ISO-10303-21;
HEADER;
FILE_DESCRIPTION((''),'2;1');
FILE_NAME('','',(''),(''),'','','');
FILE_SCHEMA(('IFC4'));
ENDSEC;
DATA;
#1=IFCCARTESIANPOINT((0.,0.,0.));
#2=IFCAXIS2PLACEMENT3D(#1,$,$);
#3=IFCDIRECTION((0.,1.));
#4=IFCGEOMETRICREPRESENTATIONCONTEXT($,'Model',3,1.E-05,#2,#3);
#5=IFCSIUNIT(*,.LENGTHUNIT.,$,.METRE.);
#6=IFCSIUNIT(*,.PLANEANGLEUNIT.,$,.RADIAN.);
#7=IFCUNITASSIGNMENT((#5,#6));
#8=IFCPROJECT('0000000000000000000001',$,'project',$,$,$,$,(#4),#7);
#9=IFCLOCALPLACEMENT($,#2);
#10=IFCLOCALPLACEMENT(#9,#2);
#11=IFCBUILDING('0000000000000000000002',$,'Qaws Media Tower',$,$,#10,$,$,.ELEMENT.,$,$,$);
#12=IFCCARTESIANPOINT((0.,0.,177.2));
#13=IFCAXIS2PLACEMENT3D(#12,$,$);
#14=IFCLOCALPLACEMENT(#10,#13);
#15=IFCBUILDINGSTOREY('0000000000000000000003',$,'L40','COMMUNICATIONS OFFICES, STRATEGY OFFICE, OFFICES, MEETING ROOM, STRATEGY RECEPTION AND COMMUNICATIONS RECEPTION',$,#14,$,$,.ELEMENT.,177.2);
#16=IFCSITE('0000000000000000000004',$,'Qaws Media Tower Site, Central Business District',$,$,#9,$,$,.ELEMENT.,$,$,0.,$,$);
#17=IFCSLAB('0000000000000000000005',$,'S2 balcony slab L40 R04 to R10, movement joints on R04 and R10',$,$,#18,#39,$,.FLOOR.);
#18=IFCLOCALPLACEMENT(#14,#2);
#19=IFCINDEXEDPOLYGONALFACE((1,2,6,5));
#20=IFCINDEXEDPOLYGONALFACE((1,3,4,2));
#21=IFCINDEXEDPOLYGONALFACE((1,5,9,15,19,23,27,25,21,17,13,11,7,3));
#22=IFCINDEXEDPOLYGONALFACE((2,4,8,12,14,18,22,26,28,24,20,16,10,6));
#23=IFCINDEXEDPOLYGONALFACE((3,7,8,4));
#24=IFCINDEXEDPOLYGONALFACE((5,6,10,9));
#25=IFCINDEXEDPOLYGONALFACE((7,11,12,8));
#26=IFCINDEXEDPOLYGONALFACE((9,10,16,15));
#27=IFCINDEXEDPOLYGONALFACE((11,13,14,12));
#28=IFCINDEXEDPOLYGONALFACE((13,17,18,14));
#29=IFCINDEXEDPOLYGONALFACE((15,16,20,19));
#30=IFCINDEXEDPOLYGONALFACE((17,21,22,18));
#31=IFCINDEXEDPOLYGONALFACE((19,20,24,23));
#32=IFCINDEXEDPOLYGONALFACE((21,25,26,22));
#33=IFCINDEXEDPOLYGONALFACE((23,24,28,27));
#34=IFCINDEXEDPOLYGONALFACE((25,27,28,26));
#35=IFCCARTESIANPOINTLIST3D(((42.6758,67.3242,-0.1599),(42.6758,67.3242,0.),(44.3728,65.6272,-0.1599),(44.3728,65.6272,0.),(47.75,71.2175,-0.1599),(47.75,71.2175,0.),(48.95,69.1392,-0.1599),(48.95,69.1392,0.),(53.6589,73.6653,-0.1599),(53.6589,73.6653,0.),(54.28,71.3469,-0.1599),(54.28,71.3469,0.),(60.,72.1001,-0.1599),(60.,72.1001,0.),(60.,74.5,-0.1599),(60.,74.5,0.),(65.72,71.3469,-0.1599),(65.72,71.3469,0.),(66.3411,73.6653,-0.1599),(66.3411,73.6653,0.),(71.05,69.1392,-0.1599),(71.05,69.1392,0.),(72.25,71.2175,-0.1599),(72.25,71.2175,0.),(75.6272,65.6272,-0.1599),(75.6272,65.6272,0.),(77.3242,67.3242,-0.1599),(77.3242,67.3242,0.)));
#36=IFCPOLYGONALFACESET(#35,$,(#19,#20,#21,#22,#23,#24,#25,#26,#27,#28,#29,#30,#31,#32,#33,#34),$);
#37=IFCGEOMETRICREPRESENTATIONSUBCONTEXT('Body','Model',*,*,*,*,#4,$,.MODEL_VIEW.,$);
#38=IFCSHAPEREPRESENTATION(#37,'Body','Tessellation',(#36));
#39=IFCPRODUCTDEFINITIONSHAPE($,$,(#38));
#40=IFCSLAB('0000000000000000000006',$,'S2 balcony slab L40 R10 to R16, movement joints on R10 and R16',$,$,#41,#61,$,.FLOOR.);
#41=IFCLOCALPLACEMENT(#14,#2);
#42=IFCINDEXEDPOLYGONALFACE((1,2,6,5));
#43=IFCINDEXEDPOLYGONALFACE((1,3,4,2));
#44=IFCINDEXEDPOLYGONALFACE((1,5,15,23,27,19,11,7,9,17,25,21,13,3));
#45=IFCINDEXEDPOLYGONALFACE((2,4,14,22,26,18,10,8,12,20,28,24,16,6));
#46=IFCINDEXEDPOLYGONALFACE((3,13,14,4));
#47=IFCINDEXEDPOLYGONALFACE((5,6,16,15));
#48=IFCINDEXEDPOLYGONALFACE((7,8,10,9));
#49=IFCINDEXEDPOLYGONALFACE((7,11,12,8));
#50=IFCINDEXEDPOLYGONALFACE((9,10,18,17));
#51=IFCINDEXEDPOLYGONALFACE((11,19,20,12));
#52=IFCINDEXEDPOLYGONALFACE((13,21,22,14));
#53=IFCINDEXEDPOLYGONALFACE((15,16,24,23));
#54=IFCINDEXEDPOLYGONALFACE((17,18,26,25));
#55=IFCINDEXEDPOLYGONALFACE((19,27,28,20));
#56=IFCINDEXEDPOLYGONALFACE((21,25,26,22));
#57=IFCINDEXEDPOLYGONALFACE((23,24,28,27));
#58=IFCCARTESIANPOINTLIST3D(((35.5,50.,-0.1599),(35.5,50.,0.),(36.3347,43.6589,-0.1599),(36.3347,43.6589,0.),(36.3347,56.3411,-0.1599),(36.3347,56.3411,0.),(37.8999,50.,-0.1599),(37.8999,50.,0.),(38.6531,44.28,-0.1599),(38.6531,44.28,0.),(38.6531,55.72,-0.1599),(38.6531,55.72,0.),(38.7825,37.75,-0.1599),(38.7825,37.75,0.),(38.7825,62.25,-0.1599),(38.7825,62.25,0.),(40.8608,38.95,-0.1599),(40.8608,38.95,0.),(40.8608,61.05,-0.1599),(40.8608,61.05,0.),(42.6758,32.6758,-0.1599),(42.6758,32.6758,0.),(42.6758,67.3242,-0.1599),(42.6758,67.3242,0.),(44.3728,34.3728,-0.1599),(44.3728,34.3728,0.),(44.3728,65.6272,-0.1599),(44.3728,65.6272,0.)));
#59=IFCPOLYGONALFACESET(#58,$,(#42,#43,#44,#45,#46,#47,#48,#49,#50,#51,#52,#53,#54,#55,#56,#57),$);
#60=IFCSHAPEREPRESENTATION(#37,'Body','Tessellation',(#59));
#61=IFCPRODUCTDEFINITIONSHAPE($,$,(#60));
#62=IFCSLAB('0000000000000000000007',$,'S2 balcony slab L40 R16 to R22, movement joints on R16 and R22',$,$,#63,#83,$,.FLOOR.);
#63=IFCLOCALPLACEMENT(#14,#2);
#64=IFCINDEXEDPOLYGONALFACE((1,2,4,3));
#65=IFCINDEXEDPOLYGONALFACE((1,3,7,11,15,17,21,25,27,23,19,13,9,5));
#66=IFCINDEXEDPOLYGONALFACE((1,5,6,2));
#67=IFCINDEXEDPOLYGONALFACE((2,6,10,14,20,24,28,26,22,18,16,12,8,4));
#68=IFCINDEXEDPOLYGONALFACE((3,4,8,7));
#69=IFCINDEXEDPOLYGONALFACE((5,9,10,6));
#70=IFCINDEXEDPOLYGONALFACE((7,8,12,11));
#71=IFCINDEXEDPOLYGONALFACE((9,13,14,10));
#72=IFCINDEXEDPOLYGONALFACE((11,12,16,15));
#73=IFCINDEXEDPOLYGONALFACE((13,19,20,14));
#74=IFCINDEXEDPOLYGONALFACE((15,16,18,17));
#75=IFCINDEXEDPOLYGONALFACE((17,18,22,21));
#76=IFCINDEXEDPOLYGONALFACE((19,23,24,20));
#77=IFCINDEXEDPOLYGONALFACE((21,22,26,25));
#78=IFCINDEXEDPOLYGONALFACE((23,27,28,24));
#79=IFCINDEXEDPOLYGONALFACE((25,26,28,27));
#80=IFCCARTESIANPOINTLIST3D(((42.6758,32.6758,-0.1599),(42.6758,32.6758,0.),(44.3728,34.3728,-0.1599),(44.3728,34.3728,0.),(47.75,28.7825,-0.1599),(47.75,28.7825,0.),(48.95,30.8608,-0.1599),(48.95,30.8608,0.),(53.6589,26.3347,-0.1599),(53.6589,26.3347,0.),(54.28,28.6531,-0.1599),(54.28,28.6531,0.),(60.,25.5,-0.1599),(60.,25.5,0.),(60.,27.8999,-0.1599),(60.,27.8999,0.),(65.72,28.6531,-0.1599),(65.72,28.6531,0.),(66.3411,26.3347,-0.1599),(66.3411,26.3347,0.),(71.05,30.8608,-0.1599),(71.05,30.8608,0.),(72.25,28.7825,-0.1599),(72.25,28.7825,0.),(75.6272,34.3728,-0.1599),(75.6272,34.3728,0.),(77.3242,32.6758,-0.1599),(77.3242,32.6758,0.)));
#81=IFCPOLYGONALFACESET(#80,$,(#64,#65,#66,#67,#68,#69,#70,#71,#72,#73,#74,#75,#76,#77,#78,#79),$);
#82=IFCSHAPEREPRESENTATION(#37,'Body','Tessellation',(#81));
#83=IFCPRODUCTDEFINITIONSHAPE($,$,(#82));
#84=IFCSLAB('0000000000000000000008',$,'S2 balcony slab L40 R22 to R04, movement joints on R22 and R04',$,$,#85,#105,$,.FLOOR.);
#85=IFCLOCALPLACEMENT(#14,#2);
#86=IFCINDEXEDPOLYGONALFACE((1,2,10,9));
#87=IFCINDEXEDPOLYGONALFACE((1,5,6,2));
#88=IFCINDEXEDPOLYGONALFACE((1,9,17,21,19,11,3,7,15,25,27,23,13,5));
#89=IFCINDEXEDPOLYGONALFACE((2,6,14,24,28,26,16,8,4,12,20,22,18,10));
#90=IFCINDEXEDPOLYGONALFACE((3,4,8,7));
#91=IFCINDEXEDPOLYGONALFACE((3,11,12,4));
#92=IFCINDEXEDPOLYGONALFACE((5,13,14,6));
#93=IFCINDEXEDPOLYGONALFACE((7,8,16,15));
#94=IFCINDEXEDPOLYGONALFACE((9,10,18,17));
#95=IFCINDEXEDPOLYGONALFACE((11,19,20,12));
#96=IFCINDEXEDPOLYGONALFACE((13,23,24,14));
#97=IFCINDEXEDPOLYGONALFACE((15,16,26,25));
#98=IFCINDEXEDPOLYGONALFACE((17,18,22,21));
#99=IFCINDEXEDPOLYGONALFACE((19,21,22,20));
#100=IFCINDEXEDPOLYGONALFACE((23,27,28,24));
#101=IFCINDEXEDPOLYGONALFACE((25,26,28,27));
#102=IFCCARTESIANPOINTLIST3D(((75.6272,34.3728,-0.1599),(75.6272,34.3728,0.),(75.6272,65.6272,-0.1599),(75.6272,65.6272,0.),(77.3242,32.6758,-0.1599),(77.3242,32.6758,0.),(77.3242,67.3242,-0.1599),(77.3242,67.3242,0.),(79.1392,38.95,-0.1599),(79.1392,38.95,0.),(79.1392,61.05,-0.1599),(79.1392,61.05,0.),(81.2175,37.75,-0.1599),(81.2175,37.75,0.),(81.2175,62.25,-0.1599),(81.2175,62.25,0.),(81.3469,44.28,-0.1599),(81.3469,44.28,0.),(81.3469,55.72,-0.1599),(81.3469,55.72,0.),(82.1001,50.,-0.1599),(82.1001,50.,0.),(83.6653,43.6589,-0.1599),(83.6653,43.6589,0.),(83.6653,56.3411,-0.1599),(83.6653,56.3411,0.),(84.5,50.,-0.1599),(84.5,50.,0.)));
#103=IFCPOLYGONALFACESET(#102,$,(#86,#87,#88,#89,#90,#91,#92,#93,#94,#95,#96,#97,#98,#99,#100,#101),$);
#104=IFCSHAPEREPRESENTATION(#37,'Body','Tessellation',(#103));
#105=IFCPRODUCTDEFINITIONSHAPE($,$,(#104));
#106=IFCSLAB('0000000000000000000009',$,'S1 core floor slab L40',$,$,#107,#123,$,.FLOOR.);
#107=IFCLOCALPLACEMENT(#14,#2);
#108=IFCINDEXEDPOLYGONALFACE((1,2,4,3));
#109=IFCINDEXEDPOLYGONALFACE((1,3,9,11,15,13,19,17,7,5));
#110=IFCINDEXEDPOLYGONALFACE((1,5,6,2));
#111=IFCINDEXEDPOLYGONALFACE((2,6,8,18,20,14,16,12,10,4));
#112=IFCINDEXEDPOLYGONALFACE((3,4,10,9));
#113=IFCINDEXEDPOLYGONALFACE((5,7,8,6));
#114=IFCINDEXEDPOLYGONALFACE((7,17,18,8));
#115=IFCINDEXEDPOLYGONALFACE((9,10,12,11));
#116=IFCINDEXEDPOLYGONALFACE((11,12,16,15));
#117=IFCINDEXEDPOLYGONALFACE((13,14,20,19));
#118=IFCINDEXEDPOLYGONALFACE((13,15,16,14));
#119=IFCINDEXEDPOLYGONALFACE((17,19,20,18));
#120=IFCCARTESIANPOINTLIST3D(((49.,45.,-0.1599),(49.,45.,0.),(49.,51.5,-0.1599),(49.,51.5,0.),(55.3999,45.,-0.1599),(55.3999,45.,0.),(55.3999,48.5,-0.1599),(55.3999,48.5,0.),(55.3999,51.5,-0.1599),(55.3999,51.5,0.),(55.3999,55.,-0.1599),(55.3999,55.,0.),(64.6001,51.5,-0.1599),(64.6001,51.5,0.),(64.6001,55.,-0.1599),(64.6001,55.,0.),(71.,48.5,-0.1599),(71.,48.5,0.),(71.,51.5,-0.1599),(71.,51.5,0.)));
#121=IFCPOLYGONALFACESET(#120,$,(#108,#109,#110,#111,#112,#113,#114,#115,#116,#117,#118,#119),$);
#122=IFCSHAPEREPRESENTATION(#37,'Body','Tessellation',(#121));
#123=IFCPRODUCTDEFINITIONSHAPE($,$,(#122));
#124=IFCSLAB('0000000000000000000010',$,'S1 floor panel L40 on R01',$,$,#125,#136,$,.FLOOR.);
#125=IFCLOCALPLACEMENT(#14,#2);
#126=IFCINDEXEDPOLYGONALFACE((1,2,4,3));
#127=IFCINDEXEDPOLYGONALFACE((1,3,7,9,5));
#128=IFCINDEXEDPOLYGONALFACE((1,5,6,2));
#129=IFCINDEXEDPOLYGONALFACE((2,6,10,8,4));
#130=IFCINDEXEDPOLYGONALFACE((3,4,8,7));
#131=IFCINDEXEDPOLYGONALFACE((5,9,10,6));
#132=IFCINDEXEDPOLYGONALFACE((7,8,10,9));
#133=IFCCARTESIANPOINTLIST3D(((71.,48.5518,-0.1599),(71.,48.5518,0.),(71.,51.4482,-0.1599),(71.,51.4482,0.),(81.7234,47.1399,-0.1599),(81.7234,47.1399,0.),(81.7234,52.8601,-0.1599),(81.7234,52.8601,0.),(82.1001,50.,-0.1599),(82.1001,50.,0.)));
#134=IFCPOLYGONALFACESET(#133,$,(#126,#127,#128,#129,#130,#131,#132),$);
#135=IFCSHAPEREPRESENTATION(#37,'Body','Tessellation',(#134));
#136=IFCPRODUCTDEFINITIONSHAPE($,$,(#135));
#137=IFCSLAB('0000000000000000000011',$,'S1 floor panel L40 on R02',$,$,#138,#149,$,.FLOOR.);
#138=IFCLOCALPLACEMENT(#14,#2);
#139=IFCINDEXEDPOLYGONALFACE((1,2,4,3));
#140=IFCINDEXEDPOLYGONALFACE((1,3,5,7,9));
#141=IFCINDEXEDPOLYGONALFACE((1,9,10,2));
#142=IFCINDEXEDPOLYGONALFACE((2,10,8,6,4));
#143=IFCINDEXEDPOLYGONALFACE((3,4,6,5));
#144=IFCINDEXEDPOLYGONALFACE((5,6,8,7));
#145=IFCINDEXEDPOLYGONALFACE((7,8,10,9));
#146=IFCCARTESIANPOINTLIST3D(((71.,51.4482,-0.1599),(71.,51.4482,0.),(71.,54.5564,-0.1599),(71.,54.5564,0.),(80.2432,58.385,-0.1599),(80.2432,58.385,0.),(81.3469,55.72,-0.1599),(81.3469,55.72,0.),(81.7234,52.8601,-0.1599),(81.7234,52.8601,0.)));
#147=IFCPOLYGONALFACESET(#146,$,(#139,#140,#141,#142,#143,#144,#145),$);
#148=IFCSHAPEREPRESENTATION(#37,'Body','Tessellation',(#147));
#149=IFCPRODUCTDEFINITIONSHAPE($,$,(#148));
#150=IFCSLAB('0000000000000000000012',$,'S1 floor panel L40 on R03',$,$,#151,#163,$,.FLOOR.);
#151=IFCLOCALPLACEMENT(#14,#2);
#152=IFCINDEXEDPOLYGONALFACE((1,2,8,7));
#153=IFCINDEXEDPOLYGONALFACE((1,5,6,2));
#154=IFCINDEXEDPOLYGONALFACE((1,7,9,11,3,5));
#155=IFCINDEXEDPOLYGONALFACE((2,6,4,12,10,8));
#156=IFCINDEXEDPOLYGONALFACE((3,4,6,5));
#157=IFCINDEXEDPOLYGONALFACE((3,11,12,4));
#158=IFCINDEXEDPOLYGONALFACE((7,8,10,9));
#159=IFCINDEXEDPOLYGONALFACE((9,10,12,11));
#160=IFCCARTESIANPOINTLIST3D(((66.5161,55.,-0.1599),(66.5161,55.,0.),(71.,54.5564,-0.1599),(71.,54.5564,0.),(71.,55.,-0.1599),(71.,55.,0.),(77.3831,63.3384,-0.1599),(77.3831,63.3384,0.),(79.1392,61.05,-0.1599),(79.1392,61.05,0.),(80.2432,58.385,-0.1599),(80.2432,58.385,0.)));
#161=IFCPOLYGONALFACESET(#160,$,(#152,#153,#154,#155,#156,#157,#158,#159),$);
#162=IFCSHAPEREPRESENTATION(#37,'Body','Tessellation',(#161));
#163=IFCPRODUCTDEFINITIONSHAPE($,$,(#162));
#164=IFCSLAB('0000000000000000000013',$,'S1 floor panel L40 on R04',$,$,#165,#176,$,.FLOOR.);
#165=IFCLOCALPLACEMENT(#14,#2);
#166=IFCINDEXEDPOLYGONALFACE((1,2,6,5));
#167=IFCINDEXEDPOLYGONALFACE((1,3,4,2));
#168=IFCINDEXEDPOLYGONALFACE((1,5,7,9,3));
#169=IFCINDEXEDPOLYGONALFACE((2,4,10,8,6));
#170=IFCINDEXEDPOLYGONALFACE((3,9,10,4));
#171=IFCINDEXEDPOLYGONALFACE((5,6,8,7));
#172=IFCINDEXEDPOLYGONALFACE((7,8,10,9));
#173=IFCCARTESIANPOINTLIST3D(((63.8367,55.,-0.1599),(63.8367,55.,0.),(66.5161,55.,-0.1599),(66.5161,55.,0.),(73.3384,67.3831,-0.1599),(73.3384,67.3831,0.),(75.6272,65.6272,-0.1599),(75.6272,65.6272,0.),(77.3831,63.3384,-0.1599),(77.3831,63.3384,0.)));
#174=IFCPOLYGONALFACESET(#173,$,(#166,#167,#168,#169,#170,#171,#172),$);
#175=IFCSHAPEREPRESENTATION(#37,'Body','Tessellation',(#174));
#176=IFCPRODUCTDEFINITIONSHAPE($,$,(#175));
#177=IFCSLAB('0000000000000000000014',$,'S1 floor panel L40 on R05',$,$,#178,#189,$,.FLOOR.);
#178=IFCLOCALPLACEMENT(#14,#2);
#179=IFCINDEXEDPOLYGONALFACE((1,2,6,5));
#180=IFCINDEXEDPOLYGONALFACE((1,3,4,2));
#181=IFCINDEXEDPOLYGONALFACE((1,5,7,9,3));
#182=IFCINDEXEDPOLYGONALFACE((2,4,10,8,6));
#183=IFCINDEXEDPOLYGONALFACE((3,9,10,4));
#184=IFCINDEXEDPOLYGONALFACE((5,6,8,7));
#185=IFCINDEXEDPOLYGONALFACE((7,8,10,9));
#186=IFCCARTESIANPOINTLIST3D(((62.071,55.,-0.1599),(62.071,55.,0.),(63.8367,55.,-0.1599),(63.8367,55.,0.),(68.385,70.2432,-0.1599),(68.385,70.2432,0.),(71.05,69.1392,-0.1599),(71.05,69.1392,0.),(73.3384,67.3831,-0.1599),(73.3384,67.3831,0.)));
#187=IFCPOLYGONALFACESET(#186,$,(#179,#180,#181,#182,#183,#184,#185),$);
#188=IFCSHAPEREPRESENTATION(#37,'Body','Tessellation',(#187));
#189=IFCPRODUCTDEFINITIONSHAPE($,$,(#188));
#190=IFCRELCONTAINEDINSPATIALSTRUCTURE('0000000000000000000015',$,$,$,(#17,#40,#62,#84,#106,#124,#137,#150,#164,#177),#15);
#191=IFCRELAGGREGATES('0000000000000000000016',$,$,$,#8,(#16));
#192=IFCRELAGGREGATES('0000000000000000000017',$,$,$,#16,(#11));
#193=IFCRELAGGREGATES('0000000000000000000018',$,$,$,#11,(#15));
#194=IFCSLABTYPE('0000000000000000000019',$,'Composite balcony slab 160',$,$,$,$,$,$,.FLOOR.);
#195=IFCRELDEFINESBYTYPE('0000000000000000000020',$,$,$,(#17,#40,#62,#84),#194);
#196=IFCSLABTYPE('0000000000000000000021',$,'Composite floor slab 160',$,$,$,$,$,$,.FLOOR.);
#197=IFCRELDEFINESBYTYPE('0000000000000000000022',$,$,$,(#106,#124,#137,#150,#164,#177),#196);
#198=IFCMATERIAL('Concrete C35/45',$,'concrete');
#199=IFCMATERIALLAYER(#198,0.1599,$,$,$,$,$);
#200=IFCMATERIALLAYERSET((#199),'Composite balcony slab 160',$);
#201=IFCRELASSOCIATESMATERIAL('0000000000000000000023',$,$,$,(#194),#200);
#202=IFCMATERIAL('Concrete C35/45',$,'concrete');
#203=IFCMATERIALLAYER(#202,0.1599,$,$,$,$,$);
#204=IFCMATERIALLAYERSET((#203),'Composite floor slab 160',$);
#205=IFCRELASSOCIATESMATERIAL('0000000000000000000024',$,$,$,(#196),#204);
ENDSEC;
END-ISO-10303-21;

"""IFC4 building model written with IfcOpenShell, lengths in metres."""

from ifc_helpers import new_model, si_unit, direction, frame, origin, place, context, subcontext, project, spatial, polyline, outline, extrude, material, layer, layer_set, type_object, element, save


model = new_model("IFC4")

# Units and contexts
model_context = context("Model", 3, precision=1e-05, world=origin(), true_north=direction((0.0, 1.0)))
body_context = subcontext(model_context, "Body", "Model", "MODEL_VIEW")
ifc_project = project(units=[si_unit("LENGTHUNIT", "METRE"), si_unit("PLANEANGLEUNIT", "RADIAN")], contexts=[model_context])

# Site, building, storey
site_placement = place(None, origin())
site = spatial("IfcSite", under=ifc_project, at=site_placement, Name="Qaws Media Tower Site, Central Business District", CompositionType="ELEMENT", RefElevation=0.0)
building_placement = place(site_placement, origin())
building = spatial("IfcBuilding", under=site, at=building_placement, Name="Qaws Media Tower", CompositionType="ELEMENT")
storey_placement = place(building_placement, frame((0.0, 0.0, 177.2)))
storey = spatial("IfcBuildingStorey", under=building, at=storey_placement, Name="L40", Description="COMMUNICATIONS OFFICES, STRATEGY OFFICE, OFFICES, MEETING ROOM, STRATEGY RECEPTION AND COMMUNICATIONS RECEPTION", CompositionType="ELEMENT", Elevation=177.2)

# Slabs
ifc_material_1 = material(Name="Concrete C35/45", Category="concrete")
ifc_layer_1 = layer(ifc_material_1, 0.1599)
ifc_layer_set_1 = layer_set([ifc_layer_1], Name="Composite balcony slab 160")
slab_type_1 = type_object("IfcSlabType", Name="Composite balcony slab 160", PredefinedType="FLOOR", material=ifc_layer_set_1)
slab_1_placement = place(storey_placement, frame((0.0, 0.0, -0.1599)))
element("IfcSlab", 1, at=slab_1_placement, inside=storey, type_object=slab_type_1, Name="S2 balcony slab L40 R04 to R10, movement joints on R04 and R10", PredefinedType="FLOOR", context=body_context, shape_type="SweptSolid", body=[
    extrude(outline(polyline([(42.6758, 67.3242), (47.75, 71.2175), (53.6589, 73.6653), (60.0, 74.5), (66.3411, 73.6653), (72.25, 71.2175), (77.3242, 67.3242), (75.6272, 65.6272), (71.05, 69.1392), (65.72, 71.3469), (60.0, 72.1001), (54.28, 71.3469), (48.95, 69.1392), (44.3728, 65.6272), (42.6758, 67.3242)])), origin(), (0.0, 0.0, 1.0), 0.1599),
])
slab_2_placement = place(storey_placement, frame((0.0, 0.0, -0.1599)))
element("IfcSlab", 2, at=slab_2_placement, inside=storey, type_object=slab_type_1, Name="S2 balcony slab L40 R10 to R16, movement joints on R10 and R16", PredefinedType="FLOOR", context=body_context, shape_type="SweptSolid", body=[
    extrude(outline(polyline([(38.7825, 37.75), (36.3347, 43.6589), (35.5, 50.0), (36.3347, 56.3411), (38.7825, 62.25), (42.6758, 67.3242), (44.3728, 65.6272), (40.8608, 61.05), (38.6531, 55.72), (37.8999, 50.0), (38.6531, 44.28), (40.8608, 38.95), (44.3728, 34.3728), (42.6758, 32.6758), (38.7825, 37.75)])), origin(), (0.0, 0.0, 1.0), 0.1599),
])
slab_3_placement = place(storey_placement, frame((0.0, 0.0, -0.1599)))
element("IfcSlab", 3, at=slab_3_placement, inside=storey, type_object=slab_type_1, Name="S2 balcony slab L40 R16 to R22, movement joints on R16 and R22", PredefinedType="FLOOR", context=body_context, shape_type="SweptSolid", body=[
    extrude(outline(polyline([(72.25, 28.7825), (66.3411, 26.3347), (60.0, 25.5), (53.6589, 26.3347), (47.75, 28.7825), (42.6758, 32.6758), (44.3728, 34.3728), (48.95, 30.8608), (54.28, 28.6531), (60.0, 27.8999), (65.72, 28.6531), (71.05, 30.8608), (75.6272, 34.3728), (77.3242, 32.6758), (72.25, 28.7825)])), origin(), (0.0, 0.0, 1.0), 0.1599),
])
slab_4_placement = place(storey_placement, frame((0.0, 0.0, -0.1599)))
element("IfcSlab", 4, at=slab_4_placement, inside=storey, type_object=slab_type_1, Name="S2 balcony slab L40 R22 to R04, movement joints on R22 and R04", PredefinedType="FLOOR", context=body_context, shape_type="SweptSolid", body=[
    extrude(outline(polyline([(81.2175, 37.75), (77.3242, 32.6758), (75.6272, 34.3728), (79.1392, 38.95), (81.3469, 44.28), (82.1001, 50.0), (81.3469, 55.72), (79.1392, 61.05), (75.6272, 65.6272), (77.3242, 67.3242), (81.2175, 62.25), (83.6653, 56.3411), (84.5, 50.0), (83.6653, 43.6589), (81.2175, 37.75)])), origin(), (0.0, 0.0, 1.0), 0.1599),
])
ifc_material_2 = material(Name="Concrete C35/45", Category="concrete")
ifc_layer_2 = layer(ifc_material_2, 0.1599)
ifc_layer_set_2 = layer_set([ifc_layer_2], Name="Composite floor slab 160")
slab_type_2 = type_object("IfcSlabType", Name="Composite floor slab 160", PredefinedType="FLOOR", material=ifc_layer_set_2)
slab_5_placement = place(storey_placement, frame((0.0, 0.0, -0.1599)))
element("IfcSlab", 5, at=slab_5_placement, inside=storey, type_object=slab_type_2, Name="S1 core floor slab L40", PredefinedType="FLOOR", context=body_context, shape_type="SweptSolid", body=[
    extrude(outline(polyline([(71.0, 51.5), (71.0, 48.5), (55.3999, 48.5), (55.3999, 45.0), (49.0, 45.0), (49.0, 51.5), (55.3999, 51.5), (55.3999, 55.0), (64.6001, 55.0), (64.6001, 51.5), (71.0, 51.5)])), origin(), (0.0, 0.0, 1.0), 0.1599),
])
slab_6_placement = place(storey_placement, frame((0.0, 0.0, -0.1599)))
element("IfcSlab", 6, at=slab_6_placement, inside=storey, type_object=slab_type_2, Name="S1 floor panel L40 on R01", PredefinedType="FLOOR", context=body_context, shape_type="SweptSolid", body=[
    extrude(outline(polyline([(82.1001, 50.0), (81.7234, 47.1399), (71.0, 48.5518), (71.0, 51.4482), (81.7234, 52.8601), (82.1001, 50.0)])), origin(), (0.0, 0.0, 1.0), 0.1599),
])
slab_7_placement = place(storey_placement, frame((0.0, 0.0, -0.1599)))
element("IfcSlab", 7, at=slab_7_placement, inside=storey, type_object=slab_type_2, Name="S1 floor panel L40 on R02", PredefinedType="FLOOR", context=body_context, shape_type="SweptSolid", body=[
    extrude(outline(polyline([(81.3469, 55.72), (81.7234, 52.8601), (71.0, 51.4482), (71.0, 54.5564), (80.2432, 58.385), (81.3469, 55.72)])), origin(), (0.0, 0.0, 1.0), 0.1599),
])
slab_8_placement = place(storey_placement, frame((0.0, 0.0, -0.1599)))
element("IfcSlab", 8, at=slab_8_placement, inside=storey, type_object=slab_type_2, Name="S1 floor panel L40 on R03", PredefinedType="FLOOR", context=body_context, shape_type="SweptSolid", body=[
    extrude(outline(polyline([(79.1392, 61.05), (80.2432, 58.385), (71.0, 54.5564), (71.0, 55.0), (66.5161, 55.0), (77.3831, 63.3384), (79.1392, 61.05)])), origin(), (0.0, 0.0, 1.0), 0.1599),
])
slab_9_placement = place(storey_placement, frame((0.0, 0.0, -0.1599)))
element("IfcSlab", 9, at=slab_9_placement, inside=storey, type_object=slab_type_2, Name="S1 floor panel L40 on R04", PredefinedType="FLOOR", context=body_context, shape_type="SweptSolid", body=[
    extrude(outline(polyline([(75.6272, 65.6272), (77.3831, 63.3384), (66.5161, 55.0), (63.8367, 55.0), (73.3384, 67.3831), (75.6272, 65.6272)])), origin(), (0.0, 0.0, 1.0), 0.1599),
])
slab_10_placement = place(storey_placement, frame((0.0, 0.0, -0.1599)))
element("IfcSlab", 10, at=slab_10_placement, inside=storey, type_object=slab_type_2, Name="S1 floor panel L40 on R05", PredefinedType="FLOOR", context=body_context, shape_type="SweptSolid", body=[
    extrude(outline(polyline([(71.05, 69.1392), (73.3384, 67.3831), (63.8367, 55.0), (62.071, 55.0), (68.385, 70.2432), (71.05, 69.1392)])), origin(), (0.0, 0.0, 1.0), 0.1599),
])

save(model, "model.ifc")
